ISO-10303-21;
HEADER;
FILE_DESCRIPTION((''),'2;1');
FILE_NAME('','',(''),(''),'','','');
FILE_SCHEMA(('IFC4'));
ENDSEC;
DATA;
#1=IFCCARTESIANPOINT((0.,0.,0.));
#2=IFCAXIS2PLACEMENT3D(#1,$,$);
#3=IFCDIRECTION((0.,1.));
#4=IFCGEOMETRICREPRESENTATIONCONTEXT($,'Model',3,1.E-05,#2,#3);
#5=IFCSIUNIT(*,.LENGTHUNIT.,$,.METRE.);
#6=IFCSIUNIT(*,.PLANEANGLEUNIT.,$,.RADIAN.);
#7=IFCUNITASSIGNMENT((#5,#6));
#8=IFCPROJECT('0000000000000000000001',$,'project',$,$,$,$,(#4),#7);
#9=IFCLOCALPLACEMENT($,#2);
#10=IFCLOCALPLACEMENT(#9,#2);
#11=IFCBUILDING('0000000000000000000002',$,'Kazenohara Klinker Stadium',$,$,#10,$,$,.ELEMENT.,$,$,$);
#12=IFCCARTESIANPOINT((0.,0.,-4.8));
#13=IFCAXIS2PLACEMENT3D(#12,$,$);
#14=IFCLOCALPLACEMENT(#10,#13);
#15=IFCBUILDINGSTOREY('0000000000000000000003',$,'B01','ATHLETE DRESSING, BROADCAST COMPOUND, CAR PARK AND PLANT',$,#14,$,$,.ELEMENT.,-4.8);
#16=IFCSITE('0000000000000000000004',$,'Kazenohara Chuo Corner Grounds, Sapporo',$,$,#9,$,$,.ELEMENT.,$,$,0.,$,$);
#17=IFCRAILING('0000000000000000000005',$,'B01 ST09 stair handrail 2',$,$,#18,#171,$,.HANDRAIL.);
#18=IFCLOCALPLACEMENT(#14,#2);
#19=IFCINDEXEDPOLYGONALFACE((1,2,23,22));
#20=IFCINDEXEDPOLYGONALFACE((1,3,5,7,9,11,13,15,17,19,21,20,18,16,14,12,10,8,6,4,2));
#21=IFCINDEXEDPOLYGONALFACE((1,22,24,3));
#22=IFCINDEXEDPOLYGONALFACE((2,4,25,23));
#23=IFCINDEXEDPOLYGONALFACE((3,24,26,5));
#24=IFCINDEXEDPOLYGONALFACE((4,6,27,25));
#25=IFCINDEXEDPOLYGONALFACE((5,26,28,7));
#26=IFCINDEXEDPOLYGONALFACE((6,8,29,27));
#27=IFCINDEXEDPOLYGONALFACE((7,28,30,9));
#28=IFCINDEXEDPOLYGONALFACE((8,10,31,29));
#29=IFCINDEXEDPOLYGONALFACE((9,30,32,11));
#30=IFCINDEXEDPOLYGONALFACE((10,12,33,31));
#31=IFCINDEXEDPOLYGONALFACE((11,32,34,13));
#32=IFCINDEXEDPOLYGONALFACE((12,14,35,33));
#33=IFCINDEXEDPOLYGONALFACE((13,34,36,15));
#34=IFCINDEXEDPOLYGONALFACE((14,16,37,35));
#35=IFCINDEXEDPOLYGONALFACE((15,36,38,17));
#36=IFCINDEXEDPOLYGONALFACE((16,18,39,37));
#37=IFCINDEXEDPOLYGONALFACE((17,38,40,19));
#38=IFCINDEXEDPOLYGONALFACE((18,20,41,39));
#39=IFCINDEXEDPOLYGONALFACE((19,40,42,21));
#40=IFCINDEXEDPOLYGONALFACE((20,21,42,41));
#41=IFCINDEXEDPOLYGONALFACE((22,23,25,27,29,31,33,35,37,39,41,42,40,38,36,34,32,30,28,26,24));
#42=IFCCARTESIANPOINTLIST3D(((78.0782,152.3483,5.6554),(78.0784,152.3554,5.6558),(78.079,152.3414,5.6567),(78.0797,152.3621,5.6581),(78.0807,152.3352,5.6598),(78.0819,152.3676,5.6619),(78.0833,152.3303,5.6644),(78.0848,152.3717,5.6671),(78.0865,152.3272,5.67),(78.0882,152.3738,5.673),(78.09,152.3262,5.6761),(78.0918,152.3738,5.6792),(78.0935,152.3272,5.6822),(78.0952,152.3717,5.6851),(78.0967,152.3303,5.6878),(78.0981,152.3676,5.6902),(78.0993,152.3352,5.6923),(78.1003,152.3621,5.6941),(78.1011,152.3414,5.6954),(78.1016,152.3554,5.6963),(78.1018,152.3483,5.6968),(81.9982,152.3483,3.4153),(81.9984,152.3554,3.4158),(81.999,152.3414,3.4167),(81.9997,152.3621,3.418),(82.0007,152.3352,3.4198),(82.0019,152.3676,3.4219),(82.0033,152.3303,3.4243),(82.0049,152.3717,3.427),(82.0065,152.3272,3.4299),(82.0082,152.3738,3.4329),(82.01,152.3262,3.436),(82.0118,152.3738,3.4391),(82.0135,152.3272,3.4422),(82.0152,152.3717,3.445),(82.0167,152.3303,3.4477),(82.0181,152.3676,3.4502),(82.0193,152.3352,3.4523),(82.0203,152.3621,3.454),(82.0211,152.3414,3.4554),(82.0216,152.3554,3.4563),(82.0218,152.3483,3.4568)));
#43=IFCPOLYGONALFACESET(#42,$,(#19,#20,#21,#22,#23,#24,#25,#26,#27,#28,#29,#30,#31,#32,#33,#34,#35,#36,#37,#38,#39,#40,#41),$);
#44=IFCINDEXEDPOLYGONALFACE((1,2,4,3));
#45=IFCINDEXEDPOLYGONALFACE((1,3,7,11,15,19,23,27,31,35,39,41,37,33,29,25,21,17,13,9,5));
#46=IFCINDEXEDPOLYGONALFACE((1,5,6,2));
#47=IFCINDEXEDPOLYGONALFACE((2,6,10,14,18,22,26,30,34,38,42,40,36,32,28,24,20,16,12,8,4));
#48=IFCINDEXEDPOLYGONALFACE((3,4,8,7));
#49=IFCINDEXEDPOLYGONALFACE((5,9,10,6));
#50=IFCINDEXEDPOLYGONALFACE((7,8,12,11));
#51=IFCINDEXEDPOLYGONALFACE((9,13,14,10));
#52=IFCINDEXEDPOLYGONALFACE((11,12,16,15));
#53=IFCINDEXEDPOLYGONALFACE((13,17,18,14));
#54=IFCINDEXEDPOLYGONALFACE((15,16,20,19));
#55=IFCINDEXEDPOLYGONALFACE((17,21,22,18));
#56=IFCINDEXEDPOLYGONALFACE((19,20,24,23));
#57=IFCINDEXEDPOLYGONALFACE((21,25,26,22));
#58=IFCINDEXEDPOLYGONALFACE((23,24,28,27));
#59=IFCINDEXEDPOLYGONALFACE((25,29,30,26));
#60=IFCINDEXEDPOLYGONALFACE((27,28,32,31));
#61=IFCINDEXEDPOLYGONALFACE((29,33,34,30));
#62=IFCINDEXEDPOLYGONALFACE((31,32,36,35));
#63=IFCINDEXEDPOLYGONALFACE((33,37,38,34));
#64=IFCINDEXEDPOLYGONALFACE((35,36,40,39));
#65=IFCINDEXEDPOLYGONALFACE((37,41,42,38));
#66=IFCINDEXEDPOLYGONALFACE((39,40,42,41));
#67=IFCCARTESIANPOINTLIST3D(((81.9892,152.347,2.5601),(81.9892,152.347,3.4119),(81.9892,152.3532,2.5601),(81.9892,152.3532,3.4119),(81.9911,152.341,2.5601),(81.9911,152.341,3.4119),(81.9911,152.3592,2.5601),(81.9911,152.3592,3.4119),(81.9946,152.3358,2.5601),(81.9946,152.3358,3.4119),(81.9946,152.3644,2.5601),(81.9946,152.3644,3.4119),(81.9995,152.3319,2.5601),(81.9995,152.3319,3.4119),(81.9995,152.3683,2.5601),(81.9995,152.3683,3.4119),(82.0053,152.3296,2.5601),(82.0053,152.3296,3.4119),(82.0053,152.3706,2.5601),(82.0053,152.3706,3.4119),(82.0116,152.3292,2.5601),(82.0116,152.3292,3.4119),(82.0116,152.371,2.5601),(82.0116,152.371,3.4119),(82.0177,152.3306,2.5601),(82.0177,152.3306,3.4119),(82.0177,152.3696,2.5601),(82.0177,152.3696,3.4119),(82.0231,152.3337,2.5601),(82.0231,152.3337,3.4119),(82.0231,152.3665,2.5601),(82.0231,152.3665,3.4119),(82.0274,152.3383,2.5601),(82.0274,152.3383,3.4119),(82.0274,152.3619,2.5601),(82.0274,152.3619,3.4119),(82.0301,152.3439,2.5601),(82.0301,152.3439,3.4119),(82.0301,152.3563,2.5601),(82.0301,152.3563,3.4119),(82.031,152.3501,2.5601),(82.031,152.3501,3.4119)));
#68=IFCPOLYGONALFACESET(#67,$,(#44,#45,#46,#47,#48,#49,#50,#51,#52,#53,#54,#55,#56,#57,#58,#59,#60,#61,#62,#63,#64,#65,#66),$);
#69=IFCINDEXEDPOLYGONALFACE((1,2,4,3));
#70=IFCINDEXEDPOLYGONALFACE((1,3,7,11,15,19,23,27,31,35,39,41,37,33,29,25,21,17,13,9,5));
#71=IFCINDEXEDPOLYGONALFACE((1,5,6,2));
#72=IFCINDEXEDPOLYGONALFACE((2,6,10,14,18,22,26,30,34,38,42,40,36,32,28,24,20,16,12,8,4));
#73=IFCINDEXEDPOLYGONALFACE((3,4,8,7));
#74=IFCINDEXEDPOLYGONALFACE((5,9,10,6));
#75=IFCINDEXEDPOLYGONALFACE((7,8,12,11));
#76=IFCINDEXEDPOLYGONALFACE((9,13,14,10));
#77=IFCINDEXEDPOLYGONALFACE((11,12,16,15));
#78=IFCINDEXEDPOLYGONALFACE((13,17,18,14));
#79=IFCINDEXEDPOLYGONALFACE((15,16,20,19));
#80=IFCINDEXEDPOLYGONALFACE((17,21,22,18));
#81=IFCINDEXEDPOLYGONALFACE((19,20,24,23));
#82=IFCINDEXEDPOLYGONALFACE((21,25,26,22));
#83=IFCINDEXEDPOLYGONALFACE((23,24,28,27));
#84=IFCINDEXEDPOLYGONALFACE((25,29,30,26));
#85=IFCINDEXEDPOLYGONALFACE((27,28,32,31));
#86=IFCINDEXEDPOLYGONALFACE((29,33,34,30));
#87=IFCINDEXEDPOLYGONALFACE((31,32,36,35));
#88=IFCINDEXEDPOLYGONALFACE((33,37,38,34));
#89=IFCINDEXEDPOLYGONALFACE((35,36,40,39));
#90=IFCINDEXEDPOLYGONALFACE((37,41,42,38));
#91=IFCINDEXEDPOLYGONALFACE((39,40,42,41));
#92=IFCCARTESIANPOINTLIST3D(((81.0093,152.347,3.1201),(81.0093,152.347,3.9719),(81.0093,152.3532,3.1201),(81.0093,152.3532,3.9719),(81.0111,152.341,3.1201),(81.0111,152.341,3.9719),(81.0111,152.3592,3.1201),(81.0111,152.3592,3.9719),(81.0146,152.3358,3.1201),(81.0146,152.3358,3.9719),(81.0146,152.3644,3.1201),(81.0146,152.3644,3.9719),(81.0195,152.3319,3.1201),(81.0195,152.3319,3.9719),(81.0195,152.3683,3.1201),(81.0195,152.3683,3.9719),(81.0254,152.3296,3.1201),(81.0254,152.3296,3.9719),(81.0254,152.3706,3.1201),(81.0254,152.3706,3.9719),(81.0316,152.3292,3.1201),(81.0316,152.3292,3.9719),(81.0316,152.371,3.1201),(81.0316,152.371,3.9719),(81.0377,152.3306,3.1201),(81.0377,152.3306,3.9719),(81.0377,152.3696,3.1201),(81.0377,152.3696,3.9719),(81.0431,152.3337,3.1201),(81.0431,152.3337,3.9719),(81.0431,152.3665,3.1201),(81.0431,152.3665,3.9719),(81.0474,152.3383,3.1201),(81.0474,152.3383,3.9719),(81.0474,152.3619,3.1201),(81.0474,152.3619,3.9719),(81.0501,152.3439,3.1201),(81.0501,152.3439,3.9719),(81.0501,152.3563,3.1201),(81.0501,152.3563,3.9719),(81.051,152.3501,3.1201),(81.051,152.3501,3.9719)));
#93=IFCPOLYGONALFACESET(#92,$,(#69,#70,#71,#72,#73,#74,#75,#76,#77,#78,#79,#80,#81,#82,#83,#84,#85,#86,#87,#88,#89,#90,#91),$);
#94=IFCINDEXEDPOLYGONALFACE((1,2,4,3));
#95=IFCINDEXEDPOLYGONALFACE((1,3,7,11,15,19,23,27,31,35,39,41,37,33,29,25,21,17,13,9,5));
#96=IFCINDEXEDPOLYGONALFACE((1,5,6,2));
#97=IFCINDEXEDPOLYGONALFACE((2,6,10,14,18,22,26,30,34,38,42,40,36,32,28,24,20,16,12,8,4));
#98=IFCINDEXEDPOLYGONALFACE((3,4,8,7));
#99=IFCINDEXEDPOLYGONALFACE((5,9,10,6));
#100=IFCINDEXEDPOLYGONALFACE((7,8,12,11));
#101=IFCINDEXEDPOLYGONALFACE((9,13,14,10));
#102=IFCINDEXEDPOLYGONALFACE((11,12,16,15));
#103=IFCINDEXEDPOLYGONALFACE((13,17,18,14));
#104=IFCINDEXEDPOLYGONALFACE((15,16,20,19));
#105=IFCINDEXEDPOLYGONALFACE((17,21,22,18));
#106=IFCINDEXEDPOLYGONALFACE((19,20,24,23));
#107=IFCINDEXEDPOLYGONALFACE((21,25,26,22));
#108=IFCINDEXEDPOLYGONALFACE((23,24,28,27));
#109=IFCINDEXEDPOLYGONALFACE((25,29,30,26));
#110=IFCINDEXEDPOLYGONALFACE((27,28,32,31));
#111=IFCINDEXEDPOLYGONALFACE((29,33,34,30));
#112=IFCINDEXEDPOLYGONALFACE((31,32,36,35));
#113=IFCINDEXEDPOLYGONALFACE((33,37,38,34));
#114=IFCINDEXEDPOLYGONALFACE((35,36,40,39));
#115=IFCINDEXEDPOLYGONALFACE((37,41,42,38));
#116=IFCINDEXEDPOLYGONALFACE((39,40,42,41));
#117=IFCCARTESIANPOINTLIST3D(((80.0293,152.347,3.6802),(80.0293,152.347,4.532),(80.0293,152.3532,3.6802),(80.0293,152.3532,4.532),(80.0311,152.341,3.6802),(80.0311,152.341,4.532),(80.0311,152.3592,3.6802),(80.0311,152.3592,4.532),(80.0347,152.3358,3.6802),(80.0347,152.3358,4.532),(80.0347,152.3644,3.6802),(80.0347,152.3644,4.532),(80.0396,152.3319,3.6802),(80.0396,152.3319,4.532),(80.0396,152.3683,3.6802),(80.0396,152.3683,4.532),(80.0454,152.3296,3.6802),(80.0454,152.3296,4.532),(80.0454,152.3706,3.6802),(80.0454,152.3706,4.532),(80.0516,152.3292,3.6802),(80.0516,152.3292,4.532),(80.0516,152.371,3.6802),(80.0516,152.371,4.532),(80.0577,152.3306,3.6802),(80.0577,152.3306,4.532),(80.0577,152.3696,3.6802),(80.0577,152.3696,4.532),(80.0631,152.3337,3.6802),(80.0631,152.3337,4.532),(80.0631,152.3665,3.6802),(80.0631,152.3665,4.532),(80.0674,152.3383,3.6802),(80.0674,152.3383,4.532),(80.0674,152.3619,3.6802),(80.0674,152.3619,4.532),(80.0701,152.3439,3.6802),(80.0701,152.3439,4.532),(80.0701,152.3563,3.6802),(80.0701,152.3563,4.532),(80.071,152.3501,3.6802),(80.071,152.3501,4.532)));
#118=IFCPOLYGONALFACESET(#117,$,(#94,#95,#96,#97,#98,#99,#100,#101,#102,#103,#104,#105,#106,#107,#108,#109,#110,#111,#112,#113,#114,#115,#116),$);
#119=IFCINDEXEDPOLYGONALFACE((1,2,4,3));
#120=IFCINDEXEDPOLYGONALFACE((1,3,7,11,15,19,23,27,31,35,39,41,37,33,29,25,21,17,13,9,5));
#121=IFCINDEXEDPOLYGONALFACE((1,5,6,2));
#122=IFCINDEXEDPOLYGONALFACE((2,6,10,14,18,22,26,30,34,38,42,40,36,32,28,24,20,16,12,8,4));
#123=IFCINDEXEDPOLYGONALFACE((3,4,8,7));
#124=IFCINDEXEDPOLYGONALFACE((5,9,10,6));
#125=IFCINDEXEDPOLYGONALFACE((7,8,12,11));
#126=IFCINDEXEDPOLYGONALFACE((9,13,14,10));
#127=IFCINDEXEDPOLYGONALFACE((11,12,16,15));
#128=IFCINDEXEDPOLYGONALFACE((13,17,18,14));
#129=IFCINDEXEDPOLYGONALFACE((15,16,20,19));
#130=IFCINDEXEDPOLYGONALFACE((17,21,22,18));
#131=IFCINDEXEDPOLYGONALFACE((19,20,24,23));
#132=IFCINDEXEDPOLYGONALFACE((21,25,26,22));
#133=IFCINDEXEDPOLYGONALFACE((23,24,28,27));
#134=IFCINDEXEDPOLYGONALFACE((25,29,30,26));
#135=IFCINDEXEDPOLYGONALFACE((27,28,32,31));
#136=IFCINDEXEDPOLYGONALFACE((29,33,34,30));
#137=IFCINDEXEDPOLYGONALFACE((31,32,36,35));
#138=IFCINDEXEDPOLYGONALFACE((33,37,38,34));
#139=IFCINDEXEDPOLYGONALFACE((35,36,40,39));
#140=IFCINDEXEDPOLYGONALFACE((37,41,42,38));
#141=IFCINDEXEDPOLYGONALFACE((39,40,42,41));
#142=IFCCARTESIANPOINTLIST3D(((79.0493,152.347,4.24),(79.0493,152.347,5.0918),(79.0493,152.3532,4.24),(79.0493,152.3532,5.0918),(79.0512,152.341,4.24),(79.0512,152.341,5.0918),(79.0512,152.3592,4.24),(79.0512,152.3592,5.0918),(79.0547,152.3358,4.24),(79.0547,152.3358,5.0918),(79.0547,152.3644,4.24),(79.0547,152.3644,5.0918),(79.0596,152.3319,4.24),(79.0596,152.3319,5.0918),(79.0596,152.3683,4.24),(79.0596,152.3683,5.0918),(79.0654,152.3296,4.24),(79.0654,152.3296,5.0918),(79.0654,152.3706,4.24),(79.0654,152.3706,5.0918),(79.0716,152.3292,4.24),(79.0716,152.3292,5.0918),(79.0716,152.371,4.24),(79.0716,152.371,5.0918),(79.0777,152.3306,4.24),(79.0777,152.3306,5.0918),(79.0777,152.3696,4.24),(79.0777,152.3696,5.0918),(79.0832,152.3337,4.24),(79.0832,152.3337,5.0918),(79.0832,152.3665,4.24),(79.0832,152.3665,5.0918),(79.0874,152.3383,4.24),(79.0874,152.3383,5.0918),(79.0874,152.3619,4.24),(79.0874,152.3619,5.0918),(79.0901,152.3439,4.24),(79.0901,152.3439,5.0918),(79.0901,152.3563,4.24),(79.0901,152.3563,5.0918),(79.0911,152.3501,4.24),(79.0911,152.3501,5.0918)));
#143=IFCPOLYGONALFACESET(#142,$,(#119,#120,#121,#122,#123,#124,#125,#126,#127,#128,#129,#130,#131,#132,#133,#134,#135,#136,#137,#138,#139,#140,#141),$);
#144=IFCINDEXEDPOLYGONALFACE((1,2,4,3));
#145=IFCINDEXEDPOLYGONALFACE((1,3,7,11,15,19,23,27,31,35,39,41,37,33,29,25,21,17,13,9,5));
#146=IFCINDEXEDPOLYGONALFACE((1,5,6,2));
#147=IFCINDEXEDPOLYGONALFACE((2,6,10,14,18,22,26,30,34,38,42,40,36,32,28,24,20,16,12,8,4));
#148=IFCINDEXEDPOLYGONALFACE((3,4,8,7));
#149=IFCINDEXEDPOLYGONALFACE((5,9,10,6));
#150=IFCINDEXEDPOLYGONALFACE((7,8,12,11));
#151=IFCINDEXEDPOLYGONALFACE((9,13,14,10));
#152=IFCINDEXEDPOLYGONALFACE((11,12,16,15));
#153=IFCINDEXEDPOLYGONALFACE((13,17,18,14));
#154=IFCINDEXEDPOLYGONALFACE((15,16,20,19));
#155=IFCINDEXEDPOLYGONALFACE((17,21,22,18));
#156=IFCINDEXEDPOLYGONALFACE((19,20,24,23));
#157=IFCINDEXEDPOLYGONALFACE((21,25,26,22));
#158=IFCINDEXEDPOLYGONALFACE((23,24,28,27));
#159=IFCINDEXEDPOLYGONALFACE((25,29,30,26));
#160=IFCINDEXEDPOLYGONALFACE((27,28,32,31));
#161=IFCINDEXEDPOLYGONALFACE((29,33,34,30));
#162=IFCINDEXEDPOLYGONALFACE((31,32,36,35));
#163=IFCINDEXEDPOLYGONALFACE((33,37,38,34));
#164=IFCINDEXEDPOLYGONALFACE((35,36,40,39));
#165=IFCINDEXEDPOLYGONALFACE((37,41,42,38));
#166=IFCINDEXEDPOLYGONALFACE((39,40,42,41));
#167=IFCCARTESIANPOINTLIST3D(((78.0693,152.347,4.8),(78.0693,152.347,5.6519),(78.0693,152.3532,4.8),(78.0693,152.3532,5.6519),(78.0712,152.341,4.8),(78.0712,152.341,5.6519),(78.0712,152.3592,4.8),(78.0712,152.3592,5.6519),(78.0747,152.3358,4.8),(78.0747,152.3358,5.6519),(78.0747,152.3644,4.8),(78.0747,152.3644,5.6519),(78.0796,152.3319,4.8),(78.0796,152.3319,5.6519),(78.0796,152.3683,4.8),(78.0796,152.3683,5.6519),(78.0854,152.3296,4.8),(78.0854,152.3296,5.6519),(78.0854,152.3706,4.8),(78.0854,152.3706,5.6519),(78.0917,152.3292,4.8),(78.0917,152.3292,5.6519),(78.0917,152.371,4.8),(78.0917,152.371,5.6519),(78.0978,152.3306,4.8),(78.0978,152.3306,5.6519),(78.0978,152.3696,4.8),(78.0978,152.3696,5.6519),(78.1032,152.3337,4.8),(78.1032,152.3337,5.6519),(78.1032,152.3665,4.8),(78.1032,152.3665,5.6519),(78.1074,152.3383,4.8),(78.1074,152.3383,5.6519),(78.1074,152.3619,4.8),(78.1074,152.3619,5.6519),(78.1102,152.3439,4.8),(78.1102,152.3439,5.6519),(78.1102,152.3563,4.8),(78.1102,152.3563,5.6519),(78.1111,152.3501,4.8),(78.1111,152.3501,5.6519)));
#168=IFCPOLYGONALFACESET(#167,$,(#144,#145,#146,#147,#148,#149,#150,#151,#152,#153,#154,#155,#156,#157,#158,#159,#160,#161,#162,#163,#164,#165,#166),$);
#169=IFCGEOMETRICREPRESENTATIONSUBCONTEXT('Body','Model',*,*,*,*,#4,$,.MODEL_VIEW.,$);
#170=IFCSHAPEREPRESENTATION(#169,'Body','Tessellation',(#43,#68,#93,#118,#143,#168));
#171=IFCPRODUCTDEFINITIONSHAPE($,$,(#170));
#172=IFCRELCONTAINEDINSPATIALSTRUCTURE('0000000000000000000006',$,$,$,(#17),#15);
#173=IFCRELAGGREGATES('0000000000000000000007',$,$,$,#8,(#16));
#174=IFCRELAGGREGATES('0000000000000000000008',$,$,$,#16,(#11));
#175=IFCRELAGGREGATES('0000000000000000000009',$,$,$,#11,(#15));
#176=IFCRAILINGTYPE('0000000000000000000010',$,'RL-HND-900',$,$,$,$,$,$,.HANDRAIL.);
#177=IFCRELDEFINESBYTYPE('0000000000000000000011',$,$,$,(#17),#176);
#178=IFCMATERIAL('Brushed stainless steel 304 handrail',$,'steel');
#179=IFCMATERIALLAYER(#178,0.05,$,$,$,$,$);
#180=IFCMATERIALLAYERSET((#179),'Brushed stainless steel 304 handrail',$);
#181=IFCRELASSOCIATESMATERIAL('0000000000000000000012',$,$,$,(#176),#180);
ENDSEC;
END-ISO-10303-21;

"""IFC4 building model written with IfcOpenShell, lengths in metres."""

from ifc_helpers import new_model, si_unit, direction, frame, origin, origin_2d, place, context, subcontext, project, spatial, circle, extrude, material, layer, layer_set, type_object, element, save


model = new_model("IFC4")

# Units and contexts
model_context = context("Model", 3, precision=1e-05, world=origin(), true_north=direction((0.0, 1.0)))
body_context = subcontext(model_context, "Body", "Model", "MODEL_VIEW")
ifc_project = project(units=[si_unit("LENGTHUNIT", "METRE"), si_unit("PLANEANGLEUNIT", "RADIAN")], contexts=[model_context])

# Site, building, storey
site_placement = place(None, origin())
site = spatial("IfcSite", under=ifc_project, at=site_placement, Name="Kazenohara Chuo Corner Grounds, Sapporo", CompositionType="ELEMENT", RefElevation=0.0)
building_placement = place(site_placement, origin())
building = spatial("IfcBuilding", under=site, at=building_placement, Name="Kazenohara Klinker Stadium", CompositionType="ELEMENT")
storey_placement = place(building_placement, frame((0.0, 0.0, -4.8)))
storey = spatial("IfcBuildingStorey", under=building, at=storey_placement, Name="B01", Description="ATHLETE DRESSING, BROADCAST COMPOUND, CAR PARK AND PLANT", CompositionType="ELEMENT", Elevation=-4.8)

# Railing
ifc_material_1 = material(Name="Brushed stainless steel 304 handrail", Category="steel")
ifc_layer_1 = layer(ifc_material_1, 0.05)
ifc_layer_set_1 = layer_set([ifc_layer_1], Name="Brushed stainless steel 304 handrail")
railing_type_1 = type_object("IfcRailingType", Name="RL-HND-900", PredefinedType="HANDRAIL", material=ifc_layer_set_1)
railing_1_placement = place(storey_placement, frame((82.01, 152.3501, 2.5601)))
element("IfcRailing", 1, at=railing_1_placement, inside=storey, type_object=railing_type_1, Name="B01 ST09 stair handrail 2", PredefinedType="HANDRAIL", context=body_context, shape_type="SweptSolid", body=[
    extrude(circle(Radius=0.0239, at=origin_2d()), frame((0.0, 0.0, 0.876), z_axis=(-0.86824, 0.0, 0.496145), x_axis=(0.0, -1.0, 0.0)), (0.0, 0.0, 1.0), 4.5149),
    extrude(circle(Radius=0.021, at=origin_2d()), origin(), (0.0, 0.0, 1.0), 0.8518),
    extrude(circle(Radius=0.021, at=origin_2d()), frame((-0.98, 0.0, 0.5601)), (0.0, 0.0, 1.0), 0.8518),
    extrude(circle(Radius=0.021, at=origin_2d()), frame((-1.96, 0.0, 1.1201)), (0.0, 0.0, 1.0), 0.8518),
    extrude(circle(Radius=0.021, at=origin_2d()), frame((-2.9399, 0.0, 1.6799)), (0.0, 0.0, 1.0), 0.8518),
    extrude(circle(Radius=0.021, at=origin_2d()), frame((-3.9199, 0.0, 2.24)), (0.0, 0.0, 1.0), 0.8518),
])

save(model, "model.ifc")
